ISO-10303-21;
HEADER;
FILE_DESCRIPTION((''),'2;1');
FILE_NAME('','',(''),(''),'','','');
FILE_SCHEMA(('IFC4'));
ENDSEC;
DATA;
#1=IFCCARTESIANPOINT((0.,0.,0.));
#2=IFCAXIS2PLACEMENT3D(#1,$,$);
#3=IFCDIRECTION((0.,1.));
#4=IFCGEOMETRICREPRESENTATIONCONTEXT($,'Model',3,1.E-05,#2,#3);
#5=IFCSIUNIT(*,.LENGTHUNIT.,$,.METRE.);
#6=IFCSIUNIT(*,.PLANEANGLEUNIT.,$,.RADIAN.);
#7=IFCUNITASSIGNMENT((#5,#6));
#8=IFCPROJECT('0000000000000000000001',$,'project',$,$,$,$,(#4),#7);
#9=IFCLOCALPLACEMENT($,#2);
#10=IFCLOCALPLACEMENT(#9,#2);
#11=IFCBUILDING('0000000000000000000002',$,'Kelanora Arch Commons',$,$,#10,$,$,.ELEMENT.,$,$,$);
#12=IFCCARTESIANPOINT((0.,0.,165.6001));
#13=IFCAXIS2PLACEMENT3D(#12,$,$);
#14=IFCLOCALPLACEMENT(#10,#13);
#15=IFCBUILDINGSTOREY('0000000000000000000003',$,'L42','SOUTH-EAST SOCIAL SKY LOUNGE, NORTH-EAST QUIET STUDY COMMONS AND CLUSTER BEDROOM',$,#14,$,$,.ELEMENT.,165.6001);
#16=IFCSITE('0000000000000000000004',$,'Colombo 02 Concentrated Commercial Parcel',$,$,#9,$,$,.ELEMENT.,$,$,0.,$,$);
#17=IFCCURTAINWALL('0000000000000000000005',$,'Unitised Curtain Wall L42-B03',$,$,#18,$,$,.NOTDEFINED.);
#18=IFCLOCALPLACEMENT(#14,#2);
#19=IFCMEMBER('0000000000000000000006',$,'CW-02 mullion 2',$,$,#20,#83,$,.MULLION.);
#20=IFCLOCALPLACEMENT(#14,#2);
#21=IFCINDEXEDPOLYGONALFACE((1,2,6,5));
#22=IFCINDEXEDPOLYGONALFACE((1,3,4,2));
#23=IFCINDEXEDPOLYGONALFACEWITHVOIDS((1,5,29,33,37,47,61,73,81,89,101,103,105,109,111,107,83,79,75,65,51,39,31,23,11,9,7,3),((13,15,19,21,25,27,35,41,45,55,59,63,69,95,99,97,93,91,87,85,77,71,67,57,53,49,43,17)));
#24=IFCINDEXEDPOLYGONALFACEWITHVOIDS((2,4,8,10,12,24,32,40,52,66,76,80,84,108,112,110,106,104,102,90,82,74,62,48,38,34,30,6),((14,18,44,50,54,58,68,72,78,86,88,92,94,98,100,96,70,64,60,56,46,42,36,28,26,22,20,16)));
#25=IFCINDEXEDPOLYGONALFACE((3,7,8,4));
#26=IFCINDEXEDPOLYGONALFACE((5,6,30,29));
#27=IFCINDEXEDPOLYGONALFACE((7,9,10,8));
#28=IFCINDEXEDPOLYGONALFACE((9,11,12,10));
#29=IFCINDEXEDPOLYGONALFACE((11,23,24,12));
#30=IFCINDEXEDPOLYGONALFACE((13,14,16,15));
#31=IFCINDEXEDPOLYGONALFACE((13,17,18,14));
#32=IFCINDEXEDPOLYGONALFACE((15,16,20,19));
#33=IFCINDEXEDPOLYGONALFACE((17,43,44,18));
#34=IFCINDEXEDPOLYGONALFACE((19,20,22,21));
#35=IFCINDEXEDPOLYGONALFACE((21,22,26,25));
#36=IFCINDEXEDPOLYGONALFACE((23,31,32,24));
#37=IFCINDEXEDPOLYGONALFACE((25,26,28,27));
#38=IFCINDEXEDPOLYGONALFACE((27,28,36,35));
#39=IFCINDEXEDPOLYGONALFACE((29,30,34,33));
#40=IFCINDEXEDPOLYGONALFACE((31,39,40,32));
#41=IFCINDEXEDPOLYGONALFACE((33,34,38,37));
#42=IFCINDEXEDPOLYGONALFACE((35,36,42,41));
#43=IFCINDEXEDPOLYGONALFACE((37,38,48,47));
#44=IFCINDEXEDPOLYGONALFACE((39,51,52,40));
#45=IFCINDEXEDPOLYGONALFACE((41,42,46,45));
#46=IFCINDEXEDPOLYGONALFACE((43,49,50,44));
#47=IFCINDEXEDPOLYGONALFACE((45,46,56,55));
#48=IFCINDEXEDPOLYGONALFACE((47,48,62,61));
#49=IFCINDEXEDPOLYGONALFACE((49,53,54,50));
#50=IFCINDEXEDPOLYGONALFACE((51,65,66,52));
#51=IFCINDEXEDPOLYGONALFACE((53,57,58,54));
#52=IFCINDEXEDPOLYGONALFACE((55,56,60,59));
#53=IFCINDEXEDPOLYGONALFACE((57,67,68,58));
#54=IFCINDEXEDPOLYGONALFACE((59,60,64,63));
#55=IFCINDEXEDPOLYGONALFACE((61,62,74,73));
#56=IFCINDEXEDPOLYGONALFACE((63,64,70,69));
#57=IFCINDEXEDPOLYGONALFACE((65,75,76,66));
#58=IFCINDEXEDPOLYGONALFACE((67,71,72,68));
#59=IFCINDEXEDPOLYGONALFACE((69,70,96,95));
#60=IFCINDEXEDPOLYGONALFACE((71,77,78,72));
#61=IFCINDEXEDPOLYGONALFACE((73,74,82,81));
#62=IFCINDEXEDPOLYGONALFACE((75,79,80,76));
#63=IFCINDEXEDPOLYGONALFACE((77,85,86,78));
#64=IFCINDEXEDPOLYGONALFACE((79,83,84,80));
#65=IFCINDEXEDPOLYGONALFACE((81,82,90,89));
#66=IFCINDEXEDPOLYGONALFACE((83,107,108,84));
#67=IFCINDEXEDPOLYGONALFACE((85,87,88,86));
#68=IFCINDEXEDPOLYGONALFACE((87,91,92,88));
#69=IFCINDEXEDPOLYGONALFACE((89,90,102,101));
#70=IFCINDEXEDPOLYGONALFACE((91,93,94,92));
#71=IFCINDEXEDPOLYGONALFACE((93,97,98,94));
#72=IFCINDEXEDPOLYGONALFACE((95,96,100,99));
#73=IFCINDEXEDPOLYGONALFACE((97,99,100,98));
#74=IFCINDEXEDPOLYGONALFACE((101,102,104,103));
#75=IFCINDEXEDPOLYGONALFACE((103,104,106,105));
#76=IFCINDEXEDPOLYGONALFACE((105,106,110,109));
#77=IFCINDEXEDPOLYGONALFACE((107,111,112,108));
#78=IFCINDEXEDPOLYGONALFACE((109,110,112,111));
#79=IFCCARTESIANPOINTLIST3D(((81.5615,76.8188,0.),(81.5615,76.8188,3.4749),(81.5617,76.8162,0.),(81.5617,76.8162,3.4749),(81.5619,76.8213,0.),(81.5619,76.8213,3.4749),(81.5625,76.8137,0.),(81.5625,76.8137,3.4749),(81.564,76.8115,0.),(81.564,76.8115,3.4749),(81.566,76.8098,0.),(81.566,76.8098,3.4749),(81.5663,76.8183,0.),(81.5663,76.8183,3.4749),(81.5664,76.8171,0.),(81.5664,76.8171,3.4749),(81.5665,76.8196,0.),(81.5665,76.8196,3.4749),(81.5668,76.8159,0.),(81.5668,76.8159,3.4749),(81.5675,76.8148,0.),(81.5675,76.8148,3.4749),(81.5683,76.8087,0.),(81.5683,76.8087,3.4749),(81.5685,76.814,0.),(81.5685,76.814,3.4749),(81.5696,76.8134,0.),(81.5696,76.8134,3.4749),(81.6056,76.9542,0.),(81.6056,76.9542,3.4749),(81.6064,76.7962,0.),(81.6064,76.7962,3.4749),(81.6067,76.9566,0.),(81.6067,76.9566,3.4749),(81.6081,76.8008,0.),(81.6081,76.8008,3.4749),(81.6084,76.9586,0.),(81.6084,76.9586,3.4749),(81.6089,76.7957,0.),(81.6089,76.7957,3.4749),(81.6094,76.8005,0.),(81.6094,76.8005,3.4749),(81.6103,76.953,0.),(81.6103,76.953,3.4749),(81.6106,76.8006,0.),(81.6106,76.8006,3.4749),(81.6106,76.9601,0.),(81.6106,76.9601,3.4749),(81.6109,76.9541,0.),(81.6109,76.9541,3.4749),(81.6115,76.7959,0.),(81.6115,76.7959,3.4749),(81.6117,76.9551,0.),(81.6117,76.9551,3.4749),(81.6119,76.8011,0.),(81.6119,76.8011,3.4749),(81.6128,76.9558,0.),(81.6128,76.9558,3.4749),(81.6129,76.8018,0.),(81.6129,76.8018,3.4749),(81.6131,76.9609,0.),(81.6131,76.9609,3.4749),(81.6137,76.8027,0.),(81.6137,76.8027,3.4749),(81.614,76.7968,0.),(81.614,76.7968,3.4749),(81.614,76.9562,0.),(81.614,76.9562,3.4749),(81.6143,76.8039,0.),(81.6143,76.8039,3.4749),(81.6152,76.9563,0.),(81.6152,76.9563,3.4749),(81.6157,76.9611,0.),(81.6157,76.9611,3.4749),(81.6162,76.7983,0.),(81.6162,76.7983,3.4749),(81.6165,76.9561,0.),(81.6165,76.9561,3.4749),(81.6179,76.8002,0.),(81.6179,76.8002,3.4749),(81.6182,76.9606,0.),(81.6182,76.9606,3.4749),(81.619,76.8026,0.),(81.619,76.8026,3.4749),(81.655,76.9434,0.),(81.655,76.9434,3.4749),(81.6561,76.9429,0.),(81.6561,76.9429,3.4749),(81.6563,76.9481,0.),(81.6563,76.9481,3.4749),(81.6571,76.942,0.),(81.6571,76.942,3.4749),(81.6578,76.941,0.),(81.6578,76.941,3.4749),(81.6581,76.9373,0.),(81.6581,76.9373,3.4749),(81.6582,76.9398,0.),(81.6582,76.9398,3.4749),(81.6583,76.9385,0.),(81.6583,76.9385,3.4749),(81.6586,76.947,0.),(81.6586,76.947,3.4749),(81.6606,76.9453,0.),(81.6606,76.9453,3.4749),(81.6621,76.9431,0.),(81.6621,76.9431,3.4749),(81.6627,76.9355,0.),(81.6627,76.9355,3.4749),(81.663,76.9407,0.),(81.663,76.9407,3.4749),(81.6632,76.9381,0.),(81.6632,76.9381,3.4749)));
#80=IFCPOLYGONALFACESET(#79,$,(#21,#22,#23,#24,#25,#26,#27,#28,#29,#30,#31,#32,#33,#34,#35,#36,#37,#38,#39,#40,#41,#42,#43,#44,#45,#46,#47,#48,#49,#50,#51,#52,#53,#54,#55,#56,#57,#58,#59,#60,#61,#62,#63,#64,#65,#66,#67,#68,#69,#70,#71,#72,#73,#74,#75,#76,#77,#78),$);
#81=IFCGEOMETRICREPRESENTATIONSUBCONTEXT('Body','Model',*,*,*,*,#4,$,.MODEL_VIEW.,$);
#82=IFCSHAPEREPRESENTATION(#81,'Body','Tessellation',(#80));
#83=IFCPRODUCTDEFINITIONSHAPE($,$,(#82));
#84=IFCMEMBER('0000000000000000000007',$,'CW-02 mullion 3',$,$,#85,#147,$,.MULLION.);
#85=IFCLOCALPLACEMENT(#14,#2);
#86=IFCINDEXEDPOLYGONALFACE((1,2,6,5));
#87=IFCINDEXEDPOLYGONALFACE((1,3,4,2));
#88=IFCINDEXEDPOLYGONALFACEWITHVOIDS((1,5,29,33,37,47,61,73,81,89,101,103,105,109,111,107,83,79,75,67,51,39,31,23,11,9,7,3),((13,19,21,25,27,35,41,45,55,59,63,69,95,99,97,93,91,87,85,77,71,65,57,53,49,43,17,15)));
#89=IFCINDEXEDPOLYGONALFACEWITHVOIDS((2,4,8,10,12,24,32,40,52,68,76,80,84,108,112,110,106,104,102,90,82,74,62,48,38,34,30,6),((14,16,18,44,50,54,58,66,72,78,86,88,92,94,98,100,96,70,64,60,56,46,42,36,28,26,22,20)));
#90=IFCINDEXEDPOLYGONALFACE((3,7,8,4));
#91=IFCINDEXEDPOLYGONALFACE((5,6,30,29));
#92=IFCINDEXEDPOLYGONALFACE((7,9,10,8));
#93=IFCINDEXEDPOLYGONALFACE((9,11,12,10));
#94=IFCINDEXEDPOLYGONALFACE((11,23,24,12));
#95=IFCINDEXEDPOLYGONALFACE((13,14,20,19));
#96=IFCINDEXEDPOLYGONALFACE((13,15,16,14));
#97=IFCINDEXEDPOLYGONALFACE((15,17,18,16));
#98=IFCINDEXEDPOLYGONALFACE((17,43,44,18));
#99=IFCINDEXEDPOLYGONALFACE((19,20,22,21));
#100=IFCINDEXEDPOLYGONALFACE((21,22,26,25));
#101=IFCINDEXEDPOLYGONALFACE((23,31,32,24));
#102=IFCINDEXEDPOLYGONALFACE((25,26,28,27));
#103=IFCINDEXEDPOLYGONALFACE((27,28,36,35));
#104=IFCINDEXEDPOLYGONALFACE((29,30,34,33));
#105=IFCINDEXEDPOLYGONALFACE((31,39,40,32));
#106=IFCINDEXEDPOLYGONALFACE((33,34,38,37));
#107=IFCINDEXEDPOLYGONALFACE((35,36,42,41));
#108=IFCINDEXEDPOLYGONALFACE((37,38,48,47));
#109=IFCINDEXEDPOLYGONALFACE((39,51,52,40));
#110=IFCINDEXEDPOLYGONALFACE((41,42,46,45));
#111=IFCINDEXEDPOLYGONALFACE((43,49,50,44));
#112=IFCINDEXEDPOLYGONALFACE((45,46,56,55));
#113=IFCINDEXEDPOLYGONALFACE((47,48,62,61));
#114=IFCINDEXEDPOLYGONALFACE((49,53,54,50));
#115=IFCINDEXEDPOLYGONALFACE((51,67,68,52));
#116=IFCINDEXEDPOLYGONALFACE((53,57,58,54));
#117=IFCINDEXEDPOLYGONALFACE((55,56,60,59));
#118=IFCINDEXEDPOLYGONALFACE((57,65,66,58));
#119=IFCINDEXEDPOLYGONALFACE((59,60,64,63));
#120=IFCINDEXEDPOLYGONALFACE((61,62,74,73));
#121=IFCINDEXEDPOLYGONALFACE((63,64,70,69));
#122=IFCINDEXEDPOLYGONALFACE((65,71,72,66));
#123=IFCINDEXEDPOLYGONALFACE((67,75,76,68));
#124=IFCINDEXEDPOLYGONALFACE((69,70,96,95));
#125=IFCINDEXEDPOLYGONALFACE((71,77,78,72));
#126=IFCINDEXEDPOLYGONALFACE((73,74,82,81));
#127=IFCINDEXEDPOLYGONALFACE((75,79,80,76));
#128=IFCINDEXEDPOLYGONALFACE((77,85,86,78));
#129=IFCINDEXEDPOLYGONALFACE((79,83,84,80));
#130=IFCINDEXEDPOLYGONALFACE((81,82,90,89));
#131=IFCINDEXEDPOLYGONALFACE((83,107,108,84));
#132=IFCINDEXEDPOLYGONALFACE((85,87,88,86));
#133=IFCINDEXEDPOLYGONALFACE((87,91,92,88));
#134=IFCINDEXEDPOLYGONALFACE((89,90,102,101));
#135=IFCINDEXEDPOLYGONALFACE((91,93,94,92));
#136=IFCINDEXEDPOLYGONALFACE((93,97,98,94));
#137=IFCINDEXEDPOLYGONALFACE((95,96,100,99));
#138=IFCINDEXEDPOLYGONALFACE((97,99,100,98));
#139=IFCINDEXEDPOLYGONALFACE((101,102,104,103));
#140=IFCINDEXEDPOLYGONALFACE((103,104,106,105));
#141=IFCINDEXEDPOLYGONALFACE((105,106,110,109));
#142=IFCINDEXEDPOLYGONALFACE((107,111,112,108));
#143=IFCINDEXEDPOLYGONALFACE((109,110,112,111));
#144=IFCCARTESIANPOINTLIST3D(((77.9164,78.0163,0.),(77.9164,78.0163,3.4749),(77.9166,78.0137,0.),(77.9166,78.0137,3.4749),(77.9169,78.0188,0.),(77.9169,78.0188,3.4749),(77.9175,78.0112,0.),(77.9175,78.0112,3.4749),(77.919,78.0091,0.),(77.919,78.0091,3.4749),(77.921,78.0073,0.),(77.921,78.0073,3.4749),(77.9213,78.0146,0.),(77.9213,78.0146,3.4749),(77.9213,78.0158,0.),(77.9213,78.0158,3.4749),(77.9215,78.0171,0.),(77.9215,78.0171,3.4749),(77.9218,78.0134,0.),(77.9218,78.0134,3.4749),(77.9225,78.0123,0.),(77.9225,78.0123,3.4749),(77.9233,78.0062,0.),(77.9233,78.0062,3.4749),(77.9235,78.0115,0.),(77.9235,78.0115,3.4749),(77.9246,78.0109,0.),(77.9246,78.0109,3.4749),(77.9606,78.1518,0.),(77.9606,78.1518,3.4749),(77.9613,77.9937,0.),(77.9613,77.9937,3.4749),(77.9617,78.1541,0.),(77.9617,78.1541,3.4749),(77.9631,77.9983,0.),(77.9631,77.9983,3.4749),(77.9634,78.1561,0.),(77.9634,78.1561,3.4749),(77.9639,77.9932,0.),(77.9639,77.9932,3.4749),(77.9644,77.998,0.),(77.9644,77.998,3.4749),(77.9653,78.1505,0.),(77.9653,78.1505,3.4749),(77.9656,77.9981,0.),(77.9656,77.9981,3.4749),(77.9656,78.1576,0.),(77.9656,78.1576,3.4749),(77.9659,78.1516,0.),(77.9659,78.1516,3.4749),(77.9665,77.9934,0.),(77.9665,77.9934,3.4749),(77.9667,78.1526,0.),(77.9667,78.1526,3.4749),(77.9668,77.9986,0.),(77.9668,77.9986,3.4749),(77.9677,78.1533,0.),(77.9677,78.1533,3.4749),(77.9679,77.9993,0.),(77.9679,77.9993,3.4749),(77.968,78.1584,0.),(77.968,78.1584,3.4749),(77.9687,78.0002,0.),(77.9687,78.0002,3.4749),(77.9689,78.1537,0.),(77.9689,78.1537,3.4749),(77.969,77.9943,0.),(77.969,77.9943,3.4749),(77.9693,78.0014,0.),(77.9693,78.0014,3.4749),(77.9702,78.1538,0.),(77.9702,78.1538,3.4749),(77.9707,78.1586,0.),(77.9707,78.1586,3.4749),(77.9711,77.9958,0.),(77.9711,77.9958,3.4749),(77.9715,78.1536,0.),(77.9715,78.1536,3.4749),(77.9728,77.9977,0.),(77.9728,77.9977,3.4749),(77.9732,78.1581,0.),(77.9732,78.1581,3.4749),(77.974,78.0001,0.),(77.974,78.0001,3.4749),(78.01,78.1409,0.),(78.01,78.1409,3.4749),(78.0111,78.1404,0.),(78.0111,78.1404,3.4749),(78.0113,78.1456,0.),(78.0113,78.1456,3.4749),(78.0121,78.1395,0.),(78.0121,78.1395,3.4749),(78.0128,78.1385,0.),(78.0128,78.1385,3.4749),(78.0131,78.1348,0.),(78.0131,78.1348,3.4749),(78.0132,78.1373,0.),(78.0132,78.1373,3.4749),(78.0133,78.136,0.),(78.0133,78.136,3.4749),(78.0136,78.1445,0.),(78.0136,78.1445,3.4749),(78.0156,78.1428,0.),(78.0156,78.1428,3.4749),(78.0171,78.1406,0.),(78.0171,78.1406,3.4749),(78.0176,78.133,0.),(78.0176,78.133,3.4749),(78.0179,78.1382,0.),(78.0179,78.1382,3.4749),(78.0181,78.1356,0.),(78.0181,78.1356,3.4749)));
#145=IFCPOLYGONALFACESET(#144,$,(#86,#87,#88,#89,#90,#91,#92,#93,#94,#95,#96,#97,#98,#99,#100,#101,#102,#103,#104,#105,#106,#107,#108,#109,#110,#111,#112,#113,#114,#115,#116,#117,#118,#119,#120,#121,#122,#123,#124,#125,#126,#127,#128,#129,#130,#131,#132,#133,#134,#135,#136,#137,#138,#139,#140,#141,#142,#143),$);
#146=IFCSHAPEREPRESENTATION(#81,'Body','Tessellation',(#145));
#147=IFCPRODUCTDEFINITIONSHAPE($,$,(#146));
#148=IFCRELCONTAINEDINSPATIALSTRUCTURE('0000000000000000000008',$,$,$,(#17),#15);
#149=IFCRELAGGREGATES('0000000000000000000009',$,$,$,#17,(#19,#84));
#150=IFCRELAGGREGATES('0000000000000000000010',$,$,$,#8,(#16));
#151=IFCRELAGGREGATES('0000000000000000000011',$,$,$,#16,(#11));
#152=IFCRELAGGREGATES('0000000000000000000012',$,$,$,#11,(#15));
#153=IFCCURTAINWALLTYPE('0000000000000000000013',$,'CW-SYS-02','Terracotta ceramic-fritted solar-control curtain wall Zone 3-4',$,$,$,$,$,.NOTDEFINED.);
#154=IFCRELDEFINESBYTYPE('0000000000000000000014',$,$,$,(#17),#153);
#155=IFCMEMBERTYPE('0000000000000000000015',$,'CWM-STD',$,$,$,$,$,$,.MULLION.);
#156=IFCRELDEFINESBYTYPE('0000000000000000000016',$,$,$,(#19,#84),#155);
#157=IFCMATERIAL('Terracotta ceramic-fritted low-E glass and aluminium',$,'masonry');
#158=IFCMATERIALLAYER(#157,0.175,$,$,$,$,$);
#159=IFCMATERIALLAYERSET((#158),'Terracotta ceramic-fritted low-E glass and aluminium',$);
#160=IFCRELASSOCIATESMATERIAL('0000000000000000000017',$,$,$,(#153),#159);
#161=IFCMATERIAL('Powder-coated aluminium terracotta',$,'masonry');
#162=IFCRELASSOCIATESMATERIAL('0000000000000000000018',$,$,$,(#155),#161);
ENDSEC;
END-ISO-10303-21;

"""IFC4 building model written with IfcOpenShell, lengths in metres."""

from ifc_helpers import new_model, si_unit, direction, frame, origin, origin_2d, place, context, subcontext, project, spatial, hollow_rectangle, extrude, material, layer, layer_set, material_profile, profile_set, type_object, element, aggregate, save


model = new_model("IFC4")

# Units and contexts
model_context = context("Model", 3, precision=1e-05, world=origin(), true_north=direction((0.0, 1.0)))
body_context = subcontext(model_context, "Body", "Model", "MODEL_VIEW")
ifc_project = project(units=[si_unit("LENGTHUNIT", "METRE"), si_unit("PLANEANGLEUNIT", "RADIAN")], contexts=[model_context])

# Site, building, storey
site_placement = place(None, origin())
site = spatial("IfcSite", under=ifc_project, at=site_placement, Name="Colombo 02 Concentrated Commercial Parcel", CompositionType="ELEMENT", RefElevation=0.0)
building_placement = place(site_placement, origin())
building = spatial("IfcBuilding", under=site, at=building_placement, Name="Kelanora Arch Commons", CompositionType="ELEMENT")
storey_placement = place(building_placement, frame((0.0, 0.0, 165.6001)))
storey = spatial("IfcBuildingStorey", under=building, at=storey_placement, Name="L42", Description="SOUTH-EAST SOCIAL SKY LOUNGE, NORTH-EAST QUIET STUDY COMMONS AND CLUSTER BEDROOM", CompositionType="ELEMENT", Elevation=165.6001)

# Curtain wall, members
ifc_material_1 = material(Name="Terracotta ceramic-fritted low-E glass and aluminium", Category="masonry")
ifc_layer_1 = layer(ifc_material_1, 0.175)
ifc_layer_set_1 = layer_set([ifc_layer_1], Name="Terracotta ceramic-fritted low-E glass and aluminium")
curtain_wall_type = type_object("IfcCurtainWallType", Name="CW-SYS-02", Description="Terracotta ceramic-fritted solar-control curtain wall Zone 3-4", PredefinedType="NOTDEFINED", material=ifc_layer_set_1)
curtain_wall_placement = place(storey_placement, origin())
curtain_wall = element("IfcCurtainWall", 1, at=curtain_wall_placement, inside=storey, type_object=curtain_wall_type, Name="Unitised Curtain Wall L42-B03", PredefinedType="NOTDEFINED")
ifc_material_2 = material(Name="Powder-coated aluminium terracotta", Category="masonry")
ifc_material_profile_1 = material_profile(ifc_material_2, hollow_rectangle(XDim=0.1599, YDim=0.0601, WallThickness=0.0049, InnerFilletRadius=0.0049, OuterFilletRadius=0.01, at=origin_2d()), Name="CWM160x60")
ifc_profile_set_1 = profile_set([ifc_material_profile_1], Name="Powder-coated aluminium terracotta")
member_type_1 = type_object("IfcMemberType", Name="CWM-STD", PredefinedType="MULLION", material=ifc_profile_set_1)
member_1_placement = place(storey_placement, frame((81.6123, 76.8784, 0.0), z_axis=(0.0, 0.0, 1.0), x_axis=(-0.312128, -0.95004, 0.0)))
member_1 = element("IfcMember", 2, at=member_1_placement, type_object=member_type_1, Name="CW-02 mullion 2", PredefinedType="MULLION", context=body_context, shape_type="SweptSolid", body=[
    extrude(hollow_rectangle(XDim=0.1599, YDim=0.0601, WallThickness=0.0049, InnerFilletRadius=0.0049, OuterFilletRadius=0.01, at=origin_2d()), origin(), (0.0, 0.0, 1.0), 3.4749),
])
member_2_placement = place(storey_placement, frame((77.9673, 78.0759, 0.0), z_axis=(0.0, 0.0, 1.0), x_axis=(-0.312128, -0.95004, 0.0)))
member_2 = element("IfcMember", 3, at=member_2_placement, type_object=member_type_1, Name="CW-02 mullion 3", PredefinedType="MULLION", context=body_context, shape_type="SweptSolid", body=[
    extrude(hollow_rectangle(XDim=0.1599, YDim=0.0601, WallThickness=0.0049, InnerFilletRadius=0.0049, OuterFilletRadius=0.01, at=origin_2d()), origin(), (0.0, 0.0, 1.0), 3.4749),
])
aggregate(curtain_wall, [member_1, member_2])

save(model, "model.ifc")
